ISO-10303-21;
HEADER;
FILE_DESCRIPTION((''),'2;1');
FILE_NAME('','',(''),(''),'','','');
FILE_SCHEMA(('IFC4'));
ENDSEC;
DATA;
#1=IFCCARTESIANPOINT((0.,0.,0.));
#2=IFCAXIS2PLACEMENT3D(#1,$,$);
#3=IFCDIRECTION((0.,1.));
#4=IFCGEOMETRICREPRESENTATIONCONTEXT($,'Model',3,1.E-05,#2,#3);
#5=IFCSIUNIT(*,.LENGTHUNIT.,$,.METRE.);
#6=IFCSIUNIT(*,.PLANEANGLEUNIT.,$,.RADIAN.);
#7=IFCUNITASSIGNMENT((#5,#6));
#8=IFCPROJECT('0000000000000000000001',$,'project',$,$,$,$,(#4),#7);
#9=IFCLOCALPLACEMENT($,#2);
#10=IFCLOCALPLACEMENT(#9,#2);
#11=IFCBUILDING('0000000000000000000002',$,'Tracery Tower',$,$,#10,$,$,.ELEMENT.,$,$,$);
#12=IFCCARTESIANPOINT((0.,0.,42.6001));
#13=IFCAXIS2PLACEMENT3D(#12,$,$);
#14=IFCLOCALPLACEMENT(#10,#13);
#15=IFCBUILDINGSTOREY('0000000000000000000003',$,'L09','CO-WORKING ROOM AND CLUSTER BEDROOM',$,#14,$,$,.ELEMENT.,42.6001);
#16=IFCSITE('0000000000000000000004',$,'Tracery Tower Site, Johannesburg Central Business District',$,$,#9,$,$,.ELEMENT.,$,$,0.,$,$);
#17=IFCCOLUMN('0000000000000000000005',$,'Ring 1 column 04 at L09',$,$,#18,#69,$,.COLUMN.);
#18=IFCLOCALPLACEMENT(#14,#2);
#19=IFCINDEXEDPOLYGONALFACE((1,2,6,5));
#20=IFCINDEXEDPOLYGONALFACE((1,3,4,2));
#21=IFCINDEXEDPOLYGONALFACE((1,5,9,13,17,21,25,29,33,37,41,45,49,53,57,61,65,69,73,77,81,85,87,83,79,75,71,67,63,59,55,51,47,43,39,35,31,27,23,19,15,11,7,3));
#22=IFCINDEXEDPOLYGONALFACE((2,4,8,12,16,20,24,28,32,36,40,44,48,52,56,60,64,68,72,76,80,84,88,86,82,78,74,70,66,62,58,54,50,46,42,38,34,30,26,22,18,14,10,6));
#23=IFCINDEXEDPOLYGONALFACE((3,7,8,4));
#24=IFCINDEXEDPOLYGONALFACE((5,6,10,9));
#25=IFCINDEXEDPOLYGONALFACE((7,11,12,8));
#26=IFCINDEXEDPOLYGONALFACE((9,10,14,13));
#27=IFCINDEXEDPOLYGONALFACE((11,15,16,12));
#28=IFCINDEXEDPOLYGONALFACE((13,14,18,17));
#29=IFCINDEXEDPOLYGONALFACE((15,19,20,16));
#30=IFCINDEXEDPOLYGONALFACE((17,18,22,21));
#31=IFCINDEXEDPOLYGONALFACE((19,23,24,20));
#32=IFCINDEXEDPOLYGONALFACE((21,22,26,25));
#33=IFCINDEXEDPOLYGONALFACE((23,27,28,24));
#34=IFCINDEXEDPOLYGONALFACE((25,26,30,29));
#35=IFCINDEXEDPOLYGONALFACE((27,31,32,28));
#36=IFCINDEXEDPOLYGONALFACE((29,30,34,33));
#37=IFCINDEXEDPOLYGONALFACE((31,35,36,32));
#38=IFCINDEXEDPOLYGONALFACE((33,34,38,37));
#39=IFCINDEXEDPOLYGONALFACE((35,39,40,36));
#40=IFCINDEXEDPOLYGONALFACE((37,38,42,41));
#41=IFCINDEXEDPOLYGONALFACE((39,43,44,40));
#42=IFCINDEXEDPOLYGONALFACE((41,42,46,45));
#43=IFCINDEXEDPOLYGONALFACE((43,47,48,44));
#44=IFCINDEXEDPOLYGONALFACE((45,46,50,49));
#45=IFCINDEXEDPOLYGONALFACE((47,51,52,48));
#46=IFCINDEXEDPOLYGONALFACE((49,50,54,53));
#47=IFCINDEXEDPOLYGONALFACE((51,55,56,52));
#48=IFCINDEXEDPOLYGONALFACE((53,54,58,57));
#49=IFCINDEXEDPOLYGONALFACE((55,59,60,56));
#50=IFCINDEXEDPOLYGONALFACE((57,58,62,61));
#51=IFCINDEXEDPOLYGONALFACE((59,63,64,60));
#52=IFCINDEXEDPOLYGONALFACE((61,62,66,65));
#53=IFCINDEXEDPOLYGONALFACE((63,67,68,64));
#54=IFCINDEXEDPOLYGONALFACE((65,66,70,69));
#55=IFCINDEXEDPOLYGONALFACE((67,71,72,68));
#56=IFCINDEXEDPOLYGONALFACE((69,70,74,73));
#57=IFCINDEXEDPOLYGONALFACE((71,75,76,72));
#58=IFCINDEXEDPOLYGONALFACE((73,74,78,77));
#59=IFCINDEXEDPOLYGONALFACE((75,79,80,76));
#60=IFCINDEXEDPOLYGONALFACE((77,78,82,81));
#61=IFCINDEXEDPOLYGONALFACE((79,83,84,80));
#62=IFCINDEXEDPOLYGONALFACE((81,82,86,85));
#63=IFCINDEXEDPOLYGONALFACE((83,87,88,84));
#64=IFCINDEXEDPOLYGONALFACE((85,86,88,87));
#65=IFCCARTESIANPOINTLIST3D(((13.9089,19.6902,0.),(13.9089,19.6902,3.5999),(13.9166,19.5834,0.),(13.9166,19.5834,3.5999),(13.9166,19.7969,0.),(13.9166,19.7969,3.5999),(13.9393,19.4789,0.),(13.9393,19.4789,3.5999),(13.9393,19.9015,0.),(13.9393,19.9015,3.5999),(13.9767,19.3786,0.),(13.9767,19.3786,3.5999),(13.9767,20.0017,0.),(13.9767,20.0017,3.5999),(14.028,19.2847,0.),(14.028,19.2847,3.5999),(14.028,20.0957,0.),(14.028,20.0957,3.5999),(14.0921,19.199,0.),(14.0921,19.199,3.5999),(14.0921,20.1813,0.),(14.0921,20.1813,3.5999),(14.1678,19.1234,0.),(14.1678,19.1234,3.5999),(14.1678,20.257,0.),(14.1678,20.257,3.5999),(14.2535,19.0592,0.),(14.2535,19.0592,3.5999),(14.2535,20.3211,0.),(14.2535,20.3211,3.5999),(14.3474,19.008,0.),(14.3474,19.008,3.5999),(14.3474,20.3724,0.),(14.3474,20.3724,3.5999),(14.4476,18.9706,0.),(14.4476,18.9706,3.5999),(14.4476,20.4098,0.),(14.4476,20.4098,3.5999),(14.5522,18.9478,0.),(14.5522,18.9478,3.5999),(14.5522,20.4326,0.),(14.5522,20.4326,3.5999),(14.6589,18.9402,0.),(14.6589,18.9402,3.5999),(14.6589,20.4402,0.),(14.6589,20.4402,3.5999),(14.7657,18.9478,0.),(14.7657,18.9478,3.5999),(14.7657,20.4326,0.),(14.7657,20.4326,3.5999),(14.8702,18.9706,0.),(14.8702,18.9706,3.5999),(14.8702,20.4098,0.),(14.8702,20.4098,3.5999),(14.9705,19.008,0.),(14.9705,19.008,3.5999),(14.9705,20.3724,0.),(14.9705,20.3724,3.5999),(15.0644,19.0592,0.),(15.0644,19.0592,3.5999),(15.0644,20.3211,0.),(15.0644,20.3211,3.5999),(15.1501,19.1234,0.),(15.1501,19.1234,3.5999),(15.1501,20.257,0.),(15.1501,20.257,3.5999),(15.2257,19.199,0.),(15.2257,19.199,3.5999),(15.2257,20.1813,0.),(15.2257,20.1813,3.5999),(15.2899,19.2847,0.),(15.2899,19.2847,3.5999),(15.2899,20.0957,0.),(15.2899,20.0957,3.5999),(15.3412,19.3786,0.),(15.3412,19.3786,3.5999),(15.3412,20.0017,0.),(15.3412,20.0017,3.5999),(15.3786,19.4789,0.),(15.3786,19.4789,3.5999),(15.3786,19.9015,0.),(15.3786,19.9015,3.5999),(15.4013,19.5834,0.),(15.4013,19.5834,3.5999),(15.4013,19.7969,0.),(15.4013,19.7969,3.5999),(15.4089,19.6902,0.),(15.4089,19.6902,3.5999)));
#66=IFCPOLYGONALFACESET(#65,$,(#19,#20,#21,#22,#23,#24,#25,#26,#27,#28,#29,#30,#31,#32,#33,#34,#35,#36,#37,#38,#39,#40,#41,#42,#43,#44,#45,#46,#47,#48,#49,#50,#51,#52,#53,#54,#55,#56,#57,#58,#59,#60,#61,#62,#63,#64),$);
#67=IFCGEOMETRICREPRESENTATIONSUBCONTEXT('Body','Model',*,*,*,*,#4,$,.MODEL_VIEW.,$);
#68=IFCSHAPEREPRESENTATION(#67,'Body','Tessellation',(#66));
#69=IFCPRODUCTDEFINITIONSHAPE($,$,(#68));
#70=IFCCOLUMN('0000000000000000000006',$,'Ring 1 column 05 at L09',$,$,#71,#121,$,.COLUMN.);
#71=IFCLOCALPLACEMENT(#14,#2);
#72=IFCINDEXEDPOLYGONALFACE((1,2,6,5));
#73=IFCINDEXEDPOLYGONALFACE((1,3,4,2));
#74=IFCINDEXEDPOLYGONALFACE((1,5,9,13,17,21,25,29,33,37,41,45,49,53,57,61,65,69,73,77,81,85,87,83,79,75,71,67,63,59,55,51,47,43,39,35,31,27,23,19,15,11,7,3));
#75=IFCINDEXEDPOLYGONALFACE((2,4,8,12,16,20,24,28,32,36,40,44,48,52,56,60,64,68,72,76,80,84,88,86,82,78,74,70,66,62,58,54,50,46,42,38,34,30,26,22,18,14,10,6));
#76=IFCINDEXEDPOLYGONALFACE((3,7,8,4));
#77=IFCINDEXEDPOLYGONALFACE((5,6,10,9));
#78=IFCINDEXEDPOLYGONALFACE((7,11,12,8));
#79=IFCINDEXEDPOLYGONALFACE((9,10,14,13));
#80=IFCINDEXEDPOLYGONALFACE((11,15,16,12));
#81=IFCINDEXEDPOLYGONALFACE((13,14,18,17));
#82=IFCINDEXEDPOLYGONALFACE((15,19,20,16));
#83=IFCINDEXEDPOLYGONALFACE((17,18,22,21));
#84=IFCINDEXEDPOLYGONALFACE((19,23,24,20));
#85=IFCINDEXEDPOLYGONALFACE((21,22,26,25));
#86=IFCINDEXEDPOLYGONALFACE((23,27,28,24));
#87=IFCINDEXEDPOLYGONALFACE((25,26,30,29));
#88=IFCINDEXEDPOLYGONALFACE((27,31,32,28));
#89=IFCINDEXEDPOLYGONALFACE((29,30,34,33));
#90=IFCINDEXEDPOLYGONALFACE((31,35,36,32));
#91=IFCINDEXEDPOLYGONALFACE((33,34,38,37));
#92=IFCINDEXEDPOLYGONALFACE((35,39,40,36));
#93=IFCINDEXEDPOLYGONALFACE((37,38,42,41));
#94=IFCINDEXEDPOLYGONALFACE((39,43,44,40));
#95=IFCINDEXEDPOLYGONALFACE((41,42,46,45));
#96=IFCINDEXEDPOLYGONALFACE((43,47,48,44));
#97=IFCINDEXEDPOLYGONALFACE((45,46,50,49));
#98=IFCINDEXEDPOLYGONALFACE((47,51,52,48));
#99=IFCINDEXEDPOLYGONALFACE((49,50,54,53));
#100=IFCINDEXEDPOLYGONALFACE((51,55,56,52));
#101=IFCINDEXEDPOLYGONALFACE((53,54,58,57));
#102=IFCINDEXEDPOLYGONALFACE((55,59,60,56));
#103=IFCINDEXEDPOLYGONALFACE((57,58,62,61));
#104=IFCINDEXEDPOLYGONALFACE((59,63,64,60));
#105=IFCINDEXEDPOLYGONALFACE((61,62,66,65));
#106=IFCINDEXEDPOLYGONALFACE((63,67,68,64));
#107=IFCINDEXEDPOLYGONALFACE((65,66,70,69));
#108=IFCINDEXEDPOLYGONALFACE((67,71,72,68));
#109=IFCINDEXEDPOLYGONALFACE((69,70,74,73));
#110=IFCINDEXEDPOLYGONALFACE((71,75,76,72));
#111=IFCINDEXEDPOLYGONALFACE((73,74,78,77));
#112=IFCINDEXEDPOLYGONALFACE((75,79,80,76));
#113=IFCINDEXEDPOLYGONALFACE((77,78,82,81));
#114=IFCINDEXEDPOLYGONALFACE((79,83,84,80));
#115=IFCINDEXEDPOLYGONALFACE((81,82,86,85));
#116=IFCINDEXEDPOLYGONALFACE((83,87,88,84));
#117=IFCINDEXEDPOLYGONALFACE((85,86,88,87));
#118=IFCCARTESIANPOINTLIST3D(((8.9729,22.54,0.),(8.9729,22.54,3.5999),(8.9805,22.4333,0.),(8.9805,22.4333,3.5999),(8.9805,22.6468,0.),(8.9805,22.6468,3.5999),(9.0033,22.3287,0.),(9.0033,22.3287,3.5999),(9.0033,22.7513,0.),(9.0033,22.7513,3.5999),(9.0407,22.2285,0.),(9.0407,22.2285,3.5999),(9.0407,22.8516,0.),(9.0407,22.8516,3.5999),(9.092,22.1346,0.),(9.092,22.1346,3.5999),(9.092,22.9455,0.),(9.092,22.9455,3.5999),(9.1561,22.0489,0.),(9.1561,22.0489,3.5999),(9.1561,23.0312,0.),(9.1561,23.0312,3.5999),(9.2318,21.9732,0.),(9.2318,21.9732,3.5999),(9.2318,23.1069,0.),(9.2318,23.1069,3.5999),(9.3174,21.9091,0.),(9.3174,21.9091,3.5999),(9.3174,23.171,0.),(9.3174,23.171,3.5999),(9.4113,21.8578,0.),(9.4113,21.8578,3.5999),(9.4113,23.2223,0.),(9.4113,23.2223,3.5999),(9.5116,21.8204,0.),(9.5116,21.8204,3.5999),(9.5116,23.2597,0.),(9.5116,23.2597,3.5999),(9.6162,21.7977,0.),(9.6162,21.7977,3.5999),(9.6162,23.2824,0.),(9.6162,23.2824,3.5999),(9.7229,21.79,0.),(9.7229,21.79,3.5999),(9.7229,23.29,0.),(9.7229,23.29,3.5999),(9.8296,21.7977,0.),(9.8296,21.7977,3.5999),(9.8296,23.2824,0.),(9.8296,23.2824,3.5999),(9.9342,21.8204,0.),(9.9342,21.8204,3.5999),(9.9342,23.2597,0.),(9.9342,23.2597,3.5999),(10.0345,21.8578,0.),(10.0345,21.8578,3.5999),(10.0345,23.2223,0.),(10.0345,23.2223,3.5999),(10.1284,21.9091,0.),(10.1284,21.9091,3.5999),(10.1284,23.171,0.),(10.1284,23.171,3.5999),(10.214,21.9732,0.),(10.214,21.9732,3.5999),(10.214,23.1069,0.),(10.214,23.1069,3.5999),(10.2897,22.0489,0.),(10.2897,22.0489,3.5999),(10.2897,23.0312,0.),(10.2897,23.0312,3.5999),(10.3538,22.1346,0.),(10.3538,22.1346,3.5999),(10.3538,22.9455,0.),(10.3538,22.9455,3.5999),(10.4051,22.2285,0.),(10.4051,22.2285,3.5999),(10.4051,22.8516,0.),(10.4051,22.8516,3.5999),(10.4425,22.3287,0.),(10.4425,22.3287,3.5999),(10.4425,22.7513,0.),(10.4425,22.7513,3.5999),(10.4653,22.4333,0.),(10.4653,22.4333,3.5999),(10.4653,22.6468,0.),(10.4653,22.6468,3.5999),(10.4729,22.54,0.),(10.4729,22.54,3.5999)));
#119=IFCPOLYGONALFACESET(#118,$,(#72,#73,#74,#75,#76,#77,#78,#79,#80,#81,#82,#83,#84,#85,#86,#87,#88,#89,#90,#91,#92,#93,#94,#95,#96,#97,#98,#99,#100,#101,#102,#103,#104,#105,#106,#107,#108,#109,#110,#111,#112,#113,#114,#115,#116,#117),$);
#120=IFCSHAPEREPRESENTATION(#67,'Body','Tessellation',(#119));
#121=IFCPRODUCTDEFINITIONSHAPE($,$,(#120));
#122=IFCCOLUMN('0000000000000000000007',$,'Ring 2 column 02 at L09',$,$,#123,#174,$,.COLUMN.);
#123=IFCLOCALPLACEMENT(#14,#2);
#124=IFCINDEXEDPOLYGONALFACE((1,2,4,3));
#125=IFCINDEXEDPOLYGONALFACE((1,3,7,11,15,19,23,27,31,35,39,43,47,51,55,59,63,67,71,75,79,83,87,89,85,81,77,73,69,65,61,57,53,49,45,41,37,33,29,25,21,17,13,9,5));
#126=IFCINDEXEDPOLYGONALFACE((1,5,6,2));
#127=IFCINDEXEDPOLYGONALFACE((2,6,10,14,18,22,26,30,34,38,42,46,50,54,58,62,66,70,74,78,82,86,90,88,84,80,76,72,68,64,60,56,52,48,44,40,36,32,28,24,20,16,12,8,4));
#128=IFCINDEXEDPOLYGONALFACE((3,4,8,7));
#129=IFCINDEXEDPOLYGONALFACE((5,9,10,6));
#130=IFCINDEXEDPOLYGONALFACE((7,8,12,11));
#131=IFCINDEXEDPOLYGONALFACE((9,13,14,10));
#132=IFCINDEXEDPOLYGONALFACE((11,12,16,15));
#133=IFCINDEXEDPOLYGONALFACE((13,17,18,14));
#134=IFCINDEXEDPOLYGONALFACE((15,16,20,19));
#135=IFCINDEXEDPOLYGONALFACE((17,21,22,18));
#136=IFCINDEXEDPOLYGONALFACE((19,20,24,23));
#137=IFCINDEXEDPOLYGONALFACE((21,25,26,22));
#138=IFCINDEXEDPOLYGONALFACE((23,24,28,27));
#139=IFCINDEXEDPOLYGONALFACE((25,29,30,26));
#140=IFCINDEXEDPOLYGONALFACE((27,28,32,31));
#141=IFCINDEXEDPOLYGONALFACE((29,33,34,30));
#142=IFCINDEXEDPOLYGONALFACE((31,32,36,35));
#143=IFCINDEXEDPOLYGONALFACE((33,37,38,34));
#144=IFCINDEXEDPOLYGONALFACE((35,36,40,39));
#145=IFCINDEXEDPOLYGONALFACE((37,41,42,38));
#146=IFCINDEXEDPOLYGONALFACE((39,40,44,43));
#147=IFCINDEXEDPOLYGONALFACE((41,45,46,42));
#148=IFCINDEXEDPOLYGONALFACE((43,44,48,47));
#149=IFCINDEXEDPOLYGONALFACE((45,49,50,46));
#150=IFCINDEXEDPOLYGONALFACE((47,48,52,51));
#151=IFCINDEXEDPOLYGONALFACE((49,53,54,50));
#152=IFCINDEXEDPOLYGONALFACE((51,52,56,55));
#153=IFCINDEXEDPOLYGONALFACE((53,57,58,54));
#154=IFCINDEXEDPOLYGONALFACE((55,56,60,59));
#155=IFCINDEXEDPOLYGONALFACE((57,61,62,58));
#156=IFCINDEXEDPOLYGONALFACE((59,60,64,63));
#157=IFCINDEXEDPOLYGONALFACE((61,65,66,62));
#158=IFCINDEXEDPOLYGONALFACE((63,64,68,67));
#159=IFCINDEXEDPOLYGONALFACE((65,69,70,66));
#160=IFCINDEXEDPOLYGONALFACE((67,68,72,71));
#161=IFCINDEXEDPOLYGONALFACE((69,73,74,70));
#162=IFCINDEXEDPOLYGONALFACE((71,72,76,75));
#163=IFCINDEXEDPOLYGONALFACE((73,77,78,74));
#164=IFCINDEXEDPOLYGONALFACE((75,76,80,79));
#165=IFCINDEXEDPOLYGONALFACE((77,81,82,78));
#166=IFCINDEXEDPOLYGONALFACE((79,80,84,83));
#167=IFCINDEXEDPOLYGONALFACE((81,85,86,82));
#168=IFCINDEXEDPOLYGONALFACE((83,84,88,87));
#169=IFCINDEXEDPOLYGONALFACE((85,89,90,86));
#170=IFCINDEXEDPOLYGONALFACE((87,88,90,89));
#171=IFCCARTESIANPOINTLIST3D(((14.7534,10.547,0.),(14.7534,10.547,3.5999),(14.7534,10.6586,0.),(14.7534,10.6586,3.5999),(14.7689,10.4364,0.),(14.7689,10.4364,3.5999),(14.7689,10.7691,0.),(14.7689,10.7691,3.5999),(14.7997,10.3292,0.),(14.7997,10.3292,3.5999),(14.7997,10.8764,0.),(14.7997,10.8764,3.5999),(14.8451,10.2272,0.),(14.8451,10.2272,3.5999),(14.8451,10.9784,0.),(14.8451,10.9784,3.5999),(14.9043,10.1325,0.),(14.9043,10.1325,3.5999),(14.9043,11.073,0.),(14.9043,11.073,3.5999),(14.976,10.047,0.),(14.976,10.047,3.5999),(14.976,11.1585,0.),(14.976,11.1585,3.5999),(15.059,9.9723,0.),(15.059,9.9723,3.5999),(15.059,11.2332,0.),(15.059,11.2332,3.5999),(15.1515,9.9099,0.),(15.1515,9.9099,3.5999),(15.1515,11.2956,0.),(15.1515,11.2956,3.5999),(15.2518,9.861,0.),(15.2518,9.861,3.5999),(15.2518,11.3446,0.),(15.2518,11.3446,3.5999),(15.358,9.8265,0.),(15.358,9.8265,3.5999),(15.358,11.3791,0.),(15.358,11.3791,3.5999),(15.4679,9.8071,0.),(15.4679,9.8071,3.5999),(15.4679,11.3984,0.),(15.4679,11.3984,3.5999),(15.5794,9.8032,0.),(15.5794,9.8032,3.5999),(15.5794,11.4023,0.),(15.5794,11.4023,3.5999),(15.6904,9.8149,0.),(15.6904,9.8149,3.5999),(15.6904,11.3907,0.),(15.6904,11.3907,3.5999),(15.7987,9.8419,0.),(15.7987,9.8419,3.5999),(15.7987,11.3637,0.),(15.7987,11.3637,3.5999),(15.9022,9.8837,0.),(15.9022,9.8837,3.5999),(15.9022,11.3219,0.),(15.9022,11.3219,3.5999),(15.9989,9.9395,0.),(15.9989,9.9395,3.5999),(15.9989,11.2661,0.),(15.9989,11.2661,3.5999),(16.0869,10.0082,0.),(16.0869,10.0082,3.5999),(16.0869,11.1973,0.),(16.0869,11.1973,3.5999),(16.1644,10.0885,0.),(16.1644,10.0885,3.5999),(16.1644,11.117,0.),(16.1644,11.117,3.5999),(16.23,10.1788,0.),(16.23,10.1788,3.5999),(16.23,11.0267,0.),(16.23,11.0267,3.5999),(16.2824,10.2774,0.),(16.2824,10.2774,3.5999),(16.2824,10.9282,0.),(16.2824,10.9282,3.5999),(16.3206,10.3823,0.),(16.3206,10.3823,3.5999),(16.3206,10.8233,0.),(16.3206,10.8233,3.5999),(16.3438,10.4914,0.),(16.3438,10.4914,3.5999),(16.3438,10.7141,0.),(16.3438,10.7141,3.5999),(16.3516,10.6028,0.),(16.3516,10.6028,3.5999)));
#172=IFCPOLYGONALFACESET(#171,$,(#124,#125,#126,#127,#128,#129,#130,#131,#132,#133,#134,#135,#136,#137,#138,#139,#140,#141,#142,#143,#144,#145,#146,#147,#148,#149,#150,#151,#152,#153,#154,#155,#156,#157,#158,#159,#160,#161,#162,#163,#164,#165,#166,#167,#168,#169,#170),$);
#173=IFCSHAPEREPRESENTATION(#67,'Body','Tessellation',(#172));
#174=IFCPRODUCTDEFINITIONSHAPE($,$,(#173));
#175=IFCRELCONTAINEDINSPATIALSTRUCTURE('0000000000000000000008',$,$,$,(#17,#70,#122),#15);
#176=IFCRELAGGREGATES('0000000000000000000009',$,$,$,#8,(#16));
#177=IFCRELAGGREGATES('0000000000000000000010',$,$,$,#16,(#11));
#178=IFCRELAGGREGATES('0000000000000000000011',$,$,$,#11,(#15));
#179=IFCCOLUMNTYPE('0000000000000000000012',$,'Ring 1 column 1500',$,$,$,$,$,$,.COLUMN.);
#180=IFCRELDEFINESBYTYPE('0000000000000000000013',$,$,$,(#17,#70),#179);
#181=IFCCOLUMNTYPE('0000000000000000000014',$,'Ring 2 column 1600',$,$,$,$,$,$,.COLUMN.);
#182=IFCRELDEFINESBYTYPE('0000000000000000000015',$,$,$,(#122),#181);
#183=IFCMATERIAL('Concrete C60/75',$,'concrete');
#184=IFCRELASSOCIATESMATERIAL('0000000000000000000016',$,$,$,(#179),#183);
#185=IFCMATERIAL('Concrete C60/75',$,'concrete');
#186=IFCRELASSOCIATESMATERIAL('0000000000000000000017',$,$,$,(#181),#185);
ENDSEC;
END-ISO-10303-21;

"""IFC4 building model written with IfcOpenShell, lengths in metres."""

from ifc_helpers import new_model, si_unit, direction, frame, origin, origin_2d, place, context, subcontext, project, spatial, circle, extrude, material, material_profile, profile_set, type_object, element, save


model = new_model("IFC4")

# Units and contexts
model_context = context("Model", 3, precision=1e-05, world=origin(), true_north=direction((0.0, 1.0)))
body_context = subcontext(model_context, "Body", "Model", "MODEL_VIEW")
ifc_project = project(units=[si_unit("LENGTHUNIT", "METRE"), si_unit("PLANEANGLEUNIT", "RADIAN")], contexts=[model_context])

# Site, building, storey
site_placement = place(None, origin())
site = spatial("IfcSite", under=ifc_project, at=site_placement, Name="Tracery Tower Site, Johannesburg Central Business District", CompositionType="ELEMENT", RefElevation=0.0)
building_placement = place(site_placement, origin())
building = spatial("IfcBuilding", under=site, at=building_placement, Name="Tracery Tower", CompositionType="ELEMENT")
storey_placement = place(building_placement, frame((0.0, 0.0, 42.6001)))
storey = spatial("IfcBuildingStorey", under=building, at=storey_placement, Name="L09", Description="CO-WORKING ROOM AND CLUSTER BEDROOM", CompositionType="ELEMENT", Elevation=42.6001)

# Columns
ifc_material_1 = material(Name="Concrete C60/75", Category="concrete")
ifc_material_profile_1 = material_profile(ifc_material_1, circle(Radius=0.75, at=origin_2d()), Name="RC D1500")
ifc_profile_set_1 = profile_set([ifc_material_profile_1], Name="Concrete C60/75")
column_type_1 = type_object("IfcColumnType", Name="Ring 1 column 1500", PredefinedType="COLUMN", material=ifc_profile_set_1)
for number, where, z_axis, x_axis, name in (
    (1, (14.6589, 19.6902, 0.0), (0.0, 0.0, 1.0), (1.0, 0.0, 0.0), "Ring 1 column 04 at L09"),
    (2, (9.7229, 22.54, 0.0), (0.0, 0.0, 1.0), (1.0, 0.0, 0.0), "Ring 1 column 05 at L09"),
):
    element("IfcColumn", number, at=place(storey_placement, frame(where, z_axis=z_axis, x_axis=x_axis)), inside=storey, type_object=column_type_1, Name=name, PredefinedType="COLUMN", context=body_context, shape_type="SweptSolid", body=[
        extrude(circle(Radius=0.75, at=origin_2d()), origin(), (0.0, 0.0, 1.0), 3.5999),
    ])
ifc_material_2 = material(Name="Concrete C60/75", Category="concrete")
ifc_material_profile_2 = material_profile(ifc_material_2, circle(Radius=0.8, at=origin_2d()), Name="RC D1600")
ifc_profile_set_2 = profile_set([ifc_material_profile_2], Name="Concrete C60/75")
column_type_2 = type_object("IfcColumnType", Name="Ring 2 column 1600", PredefinedType="COLUMN", material=ifc_profile_set_2)
for number, where, z_axis, x_axis, name in (
    (3, (15.5515, 10.6028, 0.0), (0.0, 0.0, 1.0), (1.0, 0.0, 0.0), "Ring 2 column 02 at L09"),
):
    element("IfcColumn", number, at=place(storey_placement, frame(where, z_axis=z_axis, x_axis=x_axis)), inside=storey, type_object=column_type_2, Name=name, PredefinedType="COLUMN", context=body_context, shape_type="SweptSolid", body=[
        extrude(circle(Radius=0.8, at=origin_2d()), origin(), (0.0, 0.0, 1.0), 3.5999),
    ])

save(model, "model.ifc")
